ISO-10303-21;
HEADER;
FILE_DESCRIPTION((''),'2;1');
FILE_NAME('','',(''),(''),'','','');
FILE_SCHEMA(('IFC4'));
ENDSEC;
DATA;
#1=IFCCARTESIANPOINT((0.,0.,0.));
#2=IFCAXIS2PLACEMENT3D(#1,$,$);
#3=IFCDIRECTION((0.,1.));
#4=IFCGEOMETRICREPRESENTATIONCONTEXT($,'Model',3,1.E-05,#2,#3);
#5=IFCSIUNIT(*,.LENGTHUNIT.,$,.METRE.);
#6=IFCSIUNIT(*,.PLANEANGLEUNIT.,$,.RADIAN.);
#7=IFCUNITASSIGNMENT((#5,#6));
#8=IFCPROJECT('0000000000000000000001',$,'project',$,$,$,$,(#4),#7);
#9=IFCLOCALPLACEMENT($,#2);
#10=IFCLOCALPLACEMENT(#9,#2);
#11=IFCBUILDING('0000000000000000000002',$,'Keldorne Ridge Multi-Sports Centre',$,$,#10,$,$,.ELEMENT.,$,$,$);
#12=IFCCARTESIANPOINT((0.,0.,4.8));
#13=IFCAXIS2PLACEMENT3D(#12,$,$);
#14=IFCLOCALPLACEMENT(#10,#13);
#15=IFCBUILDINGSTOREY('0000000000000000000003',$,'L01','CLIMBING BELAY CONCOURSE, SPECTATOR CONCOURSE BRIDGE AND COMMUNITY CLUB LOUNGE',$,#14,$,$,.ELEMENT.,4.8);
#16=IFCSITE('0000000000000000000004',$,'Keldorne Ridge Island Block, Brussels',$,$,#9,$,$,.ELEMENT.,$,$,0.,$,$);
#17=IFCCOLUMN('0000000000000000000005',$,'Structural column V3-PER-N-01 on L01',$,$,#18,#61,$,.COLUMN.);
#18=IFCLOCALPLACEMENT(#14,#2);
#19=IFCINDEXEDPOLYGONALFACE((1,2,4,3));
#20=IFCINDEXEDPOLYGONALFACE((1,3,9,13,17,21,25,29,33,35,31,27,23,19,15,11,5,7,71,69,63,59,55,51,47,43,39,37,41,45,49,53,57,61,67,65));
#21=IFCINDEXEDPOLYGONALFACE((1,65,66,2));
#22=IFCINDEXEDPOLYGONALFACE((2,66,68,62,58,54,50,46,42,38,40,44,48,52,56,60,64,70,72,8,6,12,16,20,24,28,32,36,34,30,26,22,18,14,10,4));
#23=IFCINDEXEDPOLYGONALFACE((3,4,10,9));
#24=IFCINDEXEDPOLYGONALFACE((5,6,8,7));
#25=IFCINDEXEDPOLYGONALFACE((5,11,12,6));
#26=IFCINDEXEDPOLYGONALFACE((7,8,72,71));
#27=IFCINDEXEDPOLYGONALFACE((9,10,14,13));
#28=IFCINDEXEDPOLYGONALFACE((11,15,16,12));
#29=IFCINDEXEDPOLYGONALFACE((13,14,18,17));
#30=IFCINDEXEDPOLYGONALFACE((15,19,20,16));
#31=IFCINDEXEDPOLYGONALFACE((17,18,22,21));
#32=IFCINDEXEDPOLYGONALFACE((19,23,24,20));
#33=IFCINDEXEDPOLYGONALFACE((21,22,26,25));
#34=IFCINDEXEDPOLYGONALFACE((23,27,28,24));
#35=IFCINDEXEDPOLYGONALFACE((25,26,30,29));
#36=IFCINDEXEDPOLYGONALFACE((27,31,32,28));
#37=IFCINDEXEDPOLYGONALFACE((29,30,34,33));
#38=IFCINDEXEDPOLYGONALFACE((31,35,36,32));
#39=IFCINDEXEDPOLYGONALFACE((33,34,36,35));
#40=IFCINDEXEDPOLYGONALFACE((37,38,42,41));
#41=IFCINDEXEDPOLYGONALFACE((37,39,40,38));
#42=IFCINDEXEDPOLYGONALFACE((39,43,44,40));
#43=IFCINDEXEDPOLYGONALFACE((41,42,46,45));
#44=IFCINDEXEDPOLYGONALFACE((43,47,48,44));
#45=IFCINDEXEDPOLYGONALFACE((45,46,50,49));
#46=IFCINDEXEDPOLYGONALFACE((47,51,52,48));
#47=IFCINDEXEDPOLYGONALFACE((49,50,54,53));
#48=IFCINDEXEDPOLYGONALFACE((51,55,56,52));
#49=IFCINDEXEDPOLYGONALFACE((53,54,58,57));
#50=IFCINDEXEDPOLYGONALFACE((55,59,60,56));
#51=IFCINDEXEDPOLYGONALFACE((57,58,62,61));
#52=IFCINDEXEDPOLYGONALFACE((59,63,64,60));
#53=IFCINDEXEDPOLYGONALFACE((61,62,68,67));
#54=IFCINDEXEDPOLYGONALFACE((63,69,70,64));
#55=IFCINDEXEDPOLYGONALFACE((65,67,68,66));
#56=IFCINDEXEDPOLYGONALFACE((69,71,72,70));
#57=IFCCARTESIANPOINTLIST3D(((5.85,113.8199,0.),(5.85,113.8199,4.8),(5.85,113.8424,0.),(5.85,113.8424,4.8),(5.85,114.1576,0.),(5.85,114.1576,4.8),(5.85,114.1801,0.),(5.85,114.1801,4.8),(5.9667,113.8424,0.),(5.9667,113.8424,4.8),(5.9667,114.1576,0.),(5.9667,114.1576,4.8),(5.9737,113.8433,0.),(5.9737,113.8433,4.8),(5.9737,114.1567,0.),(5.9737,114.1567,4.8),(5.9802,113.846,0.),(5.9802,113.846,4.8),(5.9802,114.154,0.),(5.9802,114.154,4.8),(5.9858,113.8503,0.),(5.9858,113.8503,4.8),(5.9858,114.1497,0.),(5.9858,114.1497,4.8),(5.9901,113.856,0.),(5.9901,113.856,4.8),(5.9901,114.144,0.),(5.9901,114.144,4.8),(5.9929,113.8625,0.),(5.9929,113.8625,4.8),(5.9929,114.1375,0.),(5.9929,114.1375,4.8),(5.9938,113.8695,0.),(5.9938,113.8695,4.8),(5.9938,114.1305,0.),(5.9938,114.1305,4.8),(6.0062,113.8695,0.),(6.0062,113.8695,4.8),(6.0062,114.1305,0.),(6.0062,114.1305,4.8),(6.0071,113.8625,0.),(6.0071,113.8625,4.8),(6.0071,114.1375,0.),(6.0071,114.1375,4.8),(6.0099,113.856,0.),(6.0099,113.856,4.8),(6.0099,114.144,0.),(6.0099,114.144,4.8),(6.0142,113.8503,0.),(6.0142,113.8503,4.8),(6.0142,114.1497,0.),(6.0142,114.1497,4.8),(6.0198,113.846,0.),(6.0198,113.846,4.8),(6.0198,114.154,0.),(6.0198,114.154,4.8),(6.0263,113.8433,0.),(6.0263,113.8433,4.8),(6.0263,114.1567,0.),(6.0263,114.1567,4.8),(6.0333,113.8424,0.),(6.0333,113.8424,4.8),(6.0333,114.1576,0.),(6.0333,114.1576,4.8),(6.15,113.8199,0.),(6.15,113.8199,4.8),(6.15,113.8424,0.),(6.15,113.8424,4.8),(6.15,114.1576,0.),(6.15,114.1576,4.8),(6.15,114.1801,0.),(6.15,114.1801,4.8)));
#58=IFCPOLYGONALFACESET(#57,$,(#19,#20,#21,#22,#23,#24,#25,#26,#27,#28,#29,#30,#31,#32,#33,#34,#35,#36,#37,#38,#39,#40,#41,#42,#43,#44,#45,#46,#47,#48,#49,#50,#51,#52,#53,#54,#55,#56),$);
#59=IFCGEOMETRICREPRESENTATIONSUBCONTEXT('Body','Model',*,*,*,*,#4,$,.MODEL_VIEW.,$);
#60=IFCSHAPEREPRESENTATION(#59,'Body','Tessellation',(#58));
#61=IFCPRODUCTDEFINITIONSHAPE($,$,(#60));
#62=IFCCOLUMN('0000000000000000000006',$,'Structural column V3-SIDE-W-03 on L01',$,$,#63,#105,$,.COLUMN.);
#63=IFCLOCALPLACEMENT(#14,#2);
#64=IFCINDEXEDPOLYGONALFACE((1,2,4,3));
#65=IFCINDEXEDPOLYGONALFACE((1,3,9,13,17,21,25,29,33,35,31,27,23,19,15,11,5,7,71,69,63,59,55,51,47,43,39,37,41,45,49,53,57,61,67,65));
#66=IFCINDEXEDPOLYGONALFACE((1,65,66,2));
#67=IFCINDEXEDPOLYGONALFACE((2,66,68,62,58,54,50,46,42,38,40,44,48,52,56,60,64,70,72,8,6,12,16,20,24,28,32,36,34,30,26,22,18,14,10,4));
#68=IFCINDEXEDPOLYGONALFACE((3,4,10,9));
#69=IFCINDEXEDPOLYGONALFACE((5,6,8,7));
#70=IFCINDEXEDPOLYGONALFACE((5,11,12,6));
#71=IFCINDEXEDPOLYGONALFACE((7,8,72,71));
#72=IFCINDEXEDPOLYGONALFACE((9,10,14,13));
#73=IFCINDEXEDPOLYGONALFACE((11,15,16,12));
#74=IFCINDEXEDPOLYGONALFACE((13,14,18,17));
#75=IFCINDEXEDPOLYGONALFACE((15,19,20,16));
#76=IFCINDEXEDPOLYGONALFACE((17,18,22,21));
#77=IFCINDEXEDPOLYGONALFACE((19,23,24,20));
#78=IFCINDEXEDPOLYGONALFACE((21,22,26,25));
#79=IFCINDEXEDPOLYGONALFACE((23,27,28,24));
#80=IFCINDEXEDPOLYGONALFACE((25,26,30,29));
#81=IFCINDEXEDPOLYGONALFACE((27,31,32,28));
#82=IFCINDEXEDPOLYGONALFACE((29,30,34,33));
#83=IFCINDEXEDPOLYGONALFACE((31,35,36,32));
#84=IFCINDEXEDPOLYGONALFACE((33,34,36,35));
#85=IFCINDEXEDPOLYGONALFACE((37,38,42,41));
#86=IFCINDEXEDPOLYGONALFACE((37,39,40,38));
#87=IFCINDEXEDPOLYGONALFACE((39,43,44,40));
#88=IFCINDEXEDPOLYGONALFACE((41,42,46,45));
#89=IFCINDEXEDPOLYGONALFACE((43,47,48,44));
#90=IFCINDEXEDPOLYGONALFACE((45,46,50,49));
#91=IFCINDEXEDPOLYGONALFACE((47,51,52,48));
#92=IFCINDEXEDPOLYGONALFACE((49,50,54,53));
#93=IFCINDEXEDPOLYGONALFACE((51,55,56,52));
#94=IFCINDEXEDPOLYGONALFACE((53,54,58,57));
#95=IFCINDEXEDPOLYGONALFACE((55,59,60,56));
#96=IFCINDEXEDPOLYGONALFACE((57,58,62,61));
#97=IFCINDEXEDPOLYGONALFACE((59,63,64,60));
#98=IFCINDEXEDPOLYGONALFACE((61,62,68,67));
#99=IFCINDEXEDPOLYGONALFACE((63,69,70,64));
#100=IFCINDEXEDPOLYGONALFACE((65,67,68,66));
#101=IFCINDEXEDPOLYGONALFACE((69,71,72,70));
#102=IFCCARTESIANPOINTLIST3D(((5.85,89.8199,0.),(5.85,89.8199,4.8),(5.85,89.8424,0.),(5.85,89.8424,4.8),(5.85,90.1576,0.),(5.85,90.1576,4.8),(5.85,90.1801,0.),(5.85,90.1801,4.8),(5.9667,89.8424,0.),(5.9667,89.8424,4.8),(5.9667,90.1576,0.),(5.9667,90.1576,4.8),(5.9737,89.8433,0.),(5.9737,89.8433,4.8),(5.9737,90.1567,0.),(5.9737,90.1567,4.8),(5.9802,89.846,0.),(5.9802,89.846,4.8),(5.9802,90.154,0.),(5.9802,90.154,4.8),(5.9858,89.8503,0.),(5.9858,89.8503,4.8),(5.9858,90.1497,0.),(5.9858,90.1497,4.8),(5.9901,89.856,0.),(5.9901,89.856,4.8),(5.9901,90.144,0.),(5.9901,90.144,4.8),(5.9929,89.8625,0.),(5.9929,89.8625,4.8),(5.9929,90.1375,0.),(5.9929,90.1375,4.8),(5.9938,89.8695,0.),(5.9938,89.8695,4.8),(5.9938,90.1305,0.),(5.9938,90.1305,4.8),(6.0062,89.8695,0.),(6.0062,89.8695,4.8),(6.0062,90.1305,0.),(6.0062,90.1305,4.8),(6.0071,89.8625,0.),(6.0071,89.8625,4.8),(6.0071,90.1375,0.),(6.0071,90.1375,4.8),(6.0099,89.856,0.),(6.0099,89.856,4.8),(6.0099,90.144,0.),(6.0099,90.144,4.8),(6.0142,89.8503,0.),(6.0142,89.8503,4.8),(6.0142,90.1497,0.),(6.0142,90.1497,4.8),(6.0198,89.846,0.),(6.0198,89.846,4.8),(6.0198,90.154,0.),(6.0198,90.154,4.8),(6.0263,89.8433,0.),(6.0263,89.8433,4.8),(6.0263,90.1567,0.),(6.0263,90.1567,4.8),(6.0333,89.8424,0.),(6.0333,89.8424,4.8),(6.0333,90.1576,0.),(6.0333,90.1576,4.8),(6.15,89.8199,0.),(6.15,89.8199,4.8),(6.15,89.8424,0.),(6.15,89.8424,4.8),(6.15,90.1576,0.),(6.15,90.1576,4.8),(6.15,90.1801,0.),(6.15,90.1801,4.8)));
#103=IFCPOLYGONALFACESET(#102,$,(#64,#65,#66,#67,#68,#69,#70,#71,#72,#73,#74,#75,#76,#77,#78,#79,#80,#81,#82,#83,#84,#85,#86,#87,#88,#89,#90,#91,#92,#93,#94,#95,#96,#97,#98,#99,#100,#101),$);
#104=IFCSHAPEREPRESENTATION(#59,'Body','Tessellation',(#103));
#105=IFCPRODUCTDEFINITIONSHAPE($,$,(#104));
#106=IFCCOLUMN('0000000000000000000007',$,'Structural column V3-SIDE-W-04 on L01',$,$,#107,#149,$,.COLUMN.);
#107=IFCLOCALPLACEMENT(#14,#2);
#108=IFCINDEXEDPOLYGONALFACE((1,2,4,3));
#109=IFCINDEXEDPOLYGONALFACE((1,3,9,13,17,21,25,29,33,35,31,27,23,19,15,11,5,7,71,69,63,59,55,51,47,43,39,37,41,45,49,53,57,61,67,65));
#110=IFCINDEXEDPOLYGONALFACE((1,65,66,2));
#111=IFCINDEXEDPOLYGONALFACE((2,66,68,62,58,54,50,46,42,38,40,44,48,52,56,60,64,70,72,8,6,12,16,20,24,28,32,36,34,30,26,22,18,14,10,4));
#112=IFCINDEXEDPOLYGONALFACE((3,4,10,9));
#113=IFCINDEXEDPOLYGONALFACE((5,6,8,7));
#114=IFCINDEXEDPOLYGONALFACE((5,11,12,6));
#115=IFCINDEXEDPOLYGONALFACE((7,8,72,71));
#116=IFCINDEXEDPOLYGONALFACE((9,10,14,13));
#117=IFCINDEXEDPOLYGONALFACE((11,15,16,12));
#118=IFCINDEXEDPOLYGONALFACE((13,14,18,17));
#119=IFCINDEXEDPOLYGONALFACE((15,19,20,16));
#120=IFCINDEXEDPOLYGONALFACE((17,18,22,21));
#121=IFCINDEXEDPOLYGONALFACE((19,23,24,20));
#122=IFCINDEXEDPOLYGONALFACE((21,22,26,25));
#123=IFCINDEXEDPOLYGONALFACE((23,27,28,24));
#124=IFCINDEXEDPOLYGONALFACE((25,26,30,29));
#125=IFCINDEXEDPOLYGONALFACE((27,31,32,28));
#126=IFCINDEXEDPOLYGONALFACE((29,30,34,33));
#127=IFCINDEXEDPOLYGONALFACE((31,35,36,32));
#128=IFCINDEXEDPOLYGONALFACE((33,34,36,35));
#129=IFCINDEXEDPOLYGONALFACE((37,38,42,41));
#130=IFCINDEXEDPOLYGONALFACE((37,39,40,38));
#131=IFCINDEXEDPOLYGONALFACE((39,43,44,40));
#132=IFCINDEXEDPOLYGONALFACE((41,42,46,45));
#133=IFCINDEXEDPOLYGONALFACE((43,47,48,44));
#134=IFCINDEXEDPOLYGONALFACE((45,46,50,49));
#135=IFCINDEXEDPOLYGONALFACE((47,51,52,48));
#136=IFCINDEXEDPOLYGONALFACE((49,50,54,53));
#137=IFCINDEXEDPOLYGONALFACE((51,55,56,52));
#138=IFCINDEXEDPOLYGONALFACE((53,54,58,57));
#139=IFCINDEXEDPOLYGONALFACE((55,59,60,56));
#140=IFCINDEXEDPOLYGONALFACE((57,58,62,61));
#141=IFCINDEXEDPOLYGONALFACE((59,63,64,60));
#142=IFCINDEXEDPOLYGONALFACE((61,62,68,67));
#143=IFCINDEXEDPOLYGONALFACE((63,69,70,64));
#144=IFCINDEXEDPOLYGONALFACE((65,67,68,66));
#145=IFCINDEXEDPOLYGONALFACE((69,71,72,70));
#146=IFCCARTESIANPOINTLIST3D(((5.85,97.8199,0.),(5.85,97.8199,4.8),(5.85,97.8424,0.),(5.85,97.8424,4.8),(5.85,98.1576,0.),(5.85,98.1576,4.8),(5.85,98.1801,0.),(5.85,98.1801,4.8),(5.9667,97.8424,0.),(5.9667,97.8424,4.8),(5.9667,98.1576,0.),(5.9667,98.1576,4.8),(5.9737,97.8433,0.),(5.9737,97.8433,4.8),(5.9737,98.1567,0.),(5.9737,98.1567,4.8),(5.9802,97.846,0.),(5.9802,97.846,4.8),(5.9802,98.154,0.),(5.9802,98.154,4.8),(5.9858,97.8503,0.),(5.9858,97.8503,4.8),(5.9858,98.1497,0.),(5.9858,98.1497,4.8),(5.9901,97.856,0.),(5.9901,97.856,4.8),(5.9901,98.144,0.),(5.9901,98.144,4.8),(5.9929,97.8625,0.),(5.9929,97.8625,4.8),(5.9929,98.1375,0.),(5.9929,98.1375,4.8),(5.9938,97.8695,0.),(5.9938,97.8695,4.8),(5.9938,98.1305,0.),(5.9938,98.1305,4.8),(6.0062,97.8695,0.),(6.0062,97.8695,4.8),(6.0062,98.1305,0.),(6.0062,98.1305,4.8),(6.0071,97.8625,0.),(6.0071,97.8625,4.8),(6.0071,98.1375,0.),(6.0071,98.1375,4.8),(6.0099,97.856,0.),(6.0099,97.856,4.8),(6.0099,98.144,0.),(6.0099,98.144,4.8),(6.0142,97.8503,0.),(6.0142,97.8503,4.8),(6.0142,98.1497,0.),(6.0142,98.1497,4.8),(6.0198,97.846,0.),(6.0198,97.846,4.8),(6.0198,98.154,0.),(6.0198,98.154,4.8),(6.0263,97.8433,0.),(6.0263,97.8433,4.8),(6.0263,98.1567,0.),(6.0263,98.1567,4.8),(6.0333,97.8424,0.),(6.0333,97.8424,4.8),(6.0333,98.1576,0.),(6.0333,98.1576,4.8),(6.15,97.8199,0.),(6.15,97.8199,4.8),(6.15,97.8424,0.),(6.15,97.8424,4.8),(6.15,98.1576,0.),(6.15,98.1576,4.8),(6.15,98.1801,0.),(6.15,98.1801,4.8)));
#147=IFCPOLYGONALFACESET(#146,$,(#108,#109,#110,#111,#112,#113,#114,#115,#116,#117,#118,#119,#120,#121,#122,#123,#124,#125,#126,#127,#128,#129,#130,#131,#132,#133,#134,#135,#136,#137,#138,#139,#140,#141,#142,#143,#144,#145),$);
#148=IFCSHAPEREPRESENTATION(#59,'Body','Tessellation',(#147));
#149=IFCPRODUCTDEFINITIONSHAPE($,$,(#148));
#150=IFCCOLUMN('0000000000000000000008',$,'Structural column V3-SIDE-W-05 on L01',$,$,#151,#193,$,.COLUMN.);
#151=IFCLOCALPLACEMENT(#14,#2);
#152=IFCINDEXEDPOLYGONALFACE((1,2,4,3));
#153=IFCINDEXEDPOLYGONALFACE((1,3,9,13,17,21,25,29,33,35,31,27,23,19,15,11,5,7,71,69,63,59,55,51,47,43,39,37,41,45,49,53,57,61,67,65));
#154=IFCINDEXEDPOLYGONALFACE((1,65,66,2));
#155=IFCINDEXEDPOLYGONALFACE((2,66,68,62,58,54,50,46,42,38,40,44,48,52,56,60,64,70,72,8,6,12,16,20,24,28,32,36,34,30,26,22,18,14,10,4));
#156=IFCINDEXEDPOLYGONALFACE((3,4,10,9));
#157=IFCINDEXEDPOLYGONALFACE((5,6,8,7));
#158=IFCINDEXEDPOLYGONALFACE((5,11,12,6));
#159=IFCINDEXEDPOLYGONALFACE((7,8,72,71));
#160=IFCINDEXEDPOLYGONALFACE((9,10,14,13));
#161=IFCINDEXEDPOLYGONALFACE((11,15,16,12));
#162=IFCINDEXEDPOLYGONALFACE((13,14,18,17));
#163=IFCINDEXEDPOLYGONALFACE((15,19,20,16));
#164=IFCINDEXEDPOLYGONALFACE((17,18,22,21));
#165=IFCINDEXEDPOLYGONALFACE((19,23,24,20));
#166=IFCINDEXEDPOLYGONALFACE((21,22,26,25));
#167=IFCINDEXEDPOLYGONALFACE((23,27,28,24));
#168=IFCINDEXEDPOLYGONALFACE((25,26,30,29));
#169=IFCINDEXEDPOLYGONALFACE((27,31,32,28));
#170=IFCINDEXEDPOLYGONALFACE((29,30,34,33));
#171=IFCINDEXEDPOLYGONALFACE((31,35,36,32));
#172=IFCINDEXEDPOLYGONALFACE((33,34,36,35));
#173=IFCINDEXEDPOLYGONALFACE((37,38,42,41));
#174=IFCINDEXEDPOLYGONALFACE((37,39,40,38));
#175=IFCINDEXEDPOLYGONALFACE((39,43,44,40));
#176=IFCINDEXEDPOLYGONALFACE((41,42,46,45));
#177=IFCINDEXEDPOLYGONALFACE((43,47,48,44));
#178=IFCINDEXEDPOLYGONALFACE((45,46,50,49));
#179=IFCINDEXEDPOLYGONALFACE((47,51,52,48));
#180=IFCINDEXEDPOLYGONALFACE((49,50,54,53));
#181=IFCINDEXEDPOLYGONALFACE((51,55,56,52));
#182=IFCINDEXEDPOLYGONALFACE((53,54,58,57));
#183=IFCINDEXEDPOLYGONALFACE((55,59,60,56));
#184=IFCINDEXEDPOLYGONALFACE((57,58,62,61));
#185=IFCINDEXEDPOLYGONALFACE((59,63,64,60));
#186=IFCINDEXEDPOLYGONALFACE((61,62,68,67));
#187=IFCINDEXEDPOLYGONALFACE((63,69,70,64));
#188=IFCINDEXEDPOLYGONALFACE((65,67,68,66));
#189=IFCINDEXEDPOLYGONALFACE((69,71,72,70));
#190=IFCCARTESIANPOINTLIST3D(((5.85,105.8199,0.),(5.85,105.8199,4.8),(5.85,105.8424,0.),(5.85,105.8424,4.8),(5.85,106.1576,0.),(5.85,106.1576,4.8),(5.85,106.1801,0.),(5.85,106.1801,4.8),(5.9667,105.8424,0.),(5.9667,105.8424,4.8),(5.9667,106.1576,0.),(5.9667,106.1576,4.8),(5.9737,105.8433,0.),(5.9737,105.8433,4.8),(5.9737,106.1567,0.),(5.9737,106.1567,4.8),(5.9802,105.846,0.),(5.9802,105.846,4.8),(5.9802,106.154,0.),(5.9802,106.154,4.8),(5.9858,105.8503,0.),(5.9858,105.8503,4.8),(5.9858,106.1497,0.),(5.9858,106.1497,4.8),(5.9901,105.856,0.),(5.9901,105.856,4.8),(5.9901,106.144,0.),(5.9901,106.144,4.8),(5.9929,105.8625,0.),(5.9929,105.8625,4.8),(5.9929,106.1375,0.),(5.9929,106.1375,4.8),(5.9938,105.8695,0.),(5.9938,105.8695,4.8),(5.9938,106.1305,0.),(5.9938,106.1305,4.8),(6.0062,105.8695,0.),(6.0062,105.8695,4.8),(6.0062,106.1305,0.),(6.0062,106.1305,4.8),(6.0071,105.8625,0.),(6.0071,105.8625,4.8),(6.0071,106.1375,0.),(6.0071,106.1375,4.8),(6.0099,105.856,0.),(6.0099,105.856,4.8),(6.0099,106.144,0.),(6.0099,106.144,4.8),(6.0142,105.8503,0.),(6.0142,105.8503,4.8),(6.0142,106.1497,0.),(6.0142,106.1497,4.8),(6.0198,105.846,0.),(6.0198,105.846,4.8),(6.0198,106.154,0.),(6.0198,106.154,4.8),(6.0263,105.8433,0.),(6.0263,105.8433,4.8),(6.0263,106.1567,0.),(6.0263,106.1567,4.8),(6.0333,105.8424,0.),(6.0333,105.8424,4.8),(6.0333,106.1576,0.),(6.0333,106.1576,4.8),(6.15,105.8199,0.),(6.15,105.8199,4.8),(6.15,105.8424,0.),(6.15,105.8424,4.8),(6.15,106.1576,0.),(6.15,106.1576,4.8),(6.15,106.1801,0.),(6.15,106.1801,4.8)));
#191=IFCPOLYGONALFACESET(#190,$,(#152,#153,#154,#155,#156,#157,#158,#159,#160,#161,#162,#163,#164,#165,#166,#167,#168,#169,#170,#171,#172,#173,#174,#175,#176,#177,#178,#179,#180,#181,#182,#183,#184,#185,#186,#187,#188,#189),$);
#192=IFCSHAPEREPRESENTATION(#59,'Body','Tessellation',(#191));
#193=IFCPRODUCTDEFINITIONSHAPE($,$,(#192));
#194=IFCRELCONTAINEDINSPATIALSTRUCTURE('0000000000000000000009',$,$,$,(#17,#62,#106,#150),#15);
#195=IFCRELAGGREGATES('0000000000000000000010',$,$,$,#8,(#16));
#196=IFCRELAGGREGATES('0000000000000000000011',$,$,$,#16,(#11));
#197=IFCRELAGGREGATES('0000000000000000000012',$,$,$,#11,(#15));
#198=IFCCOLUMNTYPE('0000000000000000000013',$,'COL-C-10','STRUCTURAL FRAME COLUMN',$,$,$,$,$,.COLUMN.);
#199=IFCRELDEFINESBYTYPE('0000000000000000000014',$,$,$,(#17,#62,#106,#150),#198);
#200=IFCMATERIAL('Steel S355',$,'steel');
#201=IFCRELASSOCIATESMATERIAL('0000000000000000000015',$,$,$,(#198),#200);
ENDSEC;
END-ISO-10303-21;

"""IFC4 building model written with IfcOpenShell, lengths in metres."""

from ifc_helpers import new_model, si_unit, direction, frame, origin, origin_2d, place, context, subcontext, project, spatial, i_section, extrude, material, material_profile, profile_set, type_object, element, save


model = new_model("IFC4")

# Units and contexts
model_context = context("Model", 3, precision=1e-05, world=origin(), true_north=direction((0.0, 1.0)))
body_context = subcontext(model_context, "Body", "Model", "MODEL_VIEW")
ifc_project = project(units=[si_unit("LENGTHUNIT", "METRE"), si_unit("PLANEANGLEUNIT", "RADIAN")], contexts=[model_context])

# Site, building, storey
site_placement = place(None, origin())
site = spatial("IfcSite", under=ifc_project, at=site_placement, Name="Keldorne Ridge Island Block, Brussels", CompositionType="ELEMENT", RefElevation=0.0)
building_placement = place(site_placement, origin())
building = spatial("IfcBuilding", under=site, at=building_placement, Name="Keldorne Ridge Multi-Sports Centre", CompositionType="ELEMENT")
storey_placement = place(building_placement, frame((0.0, 0.0, 4.8)))
storey = spatial("IfcBuildingStorey", under=building, at=storey_placement, Name="L01", Description="CLIMBING BELAY CONCOURSE, SPECTATOR CONCOURSE BRIDGE AND COMMUNITY CLUB LOUNGE", CompositionType="ELEMENT", Elevation=4.8)

# Columns
ifc_material_1 = material(Name="Steel S355", Category="steel")
ifc_material_profile_1 = material_profile(ifc_material_1, i_section(OverallWidth=0.3, OverallDepth=0.3601, WebThickness=0.0125, FlangeThickness=0.0225, FilletRadius=0.0271, at=origin_2d()), Name="HEB 360")
ifc_profile_set_1 = profile_set([ifc_material_profile_1], Name="Steel S355")
column_type_1 = type_object("IfcColumnType", Name="COL-C-10", Description="STRUCTURAL FRAME COLUMN", PredefinedType="COLUMN", material=ifc_profile_set_1)
for number, where, z_axis, x_axis, name in (
    (1, (6.0, 114.0, 0.0), (0.0, 0.0, 1.0), (1.0, 0.0, 0.0), "Structural column V3-PER-N-01 on L01"),
    (2, (6.0, 90.0, 0.0), (0.0, 0.0, 1.0), (1.0, 0.0, 0.0), "Structural column V3-SIDE-W-03 on L01"),
    (3, (6.0, 98.0, 0.0), (0.0, 0.0, 1.0), (1.0, 0.0, 0.0), "Structural column V3-SIDE-W-04 on L01"),
    (4, (6.0, 106.0, 0.0), (0.0, 0.0, 1.0), (1.0, 0.0, 0.0), "Structural column V3-SIDE-W-05 on L01"),
):
    element("IfcColumn", number, at=place(storey_placement, frame(where, z_axis=z_axis, x_axis=x_axis)), inside=storey, type_object=column_type_1, Name=name, PredefinedType="COLUMN", context=body_context, shape_type="SweptSolid", body=[
        extrude(i_section(OverallWidth=0.3, OverallDepth=0.3601, WebThickness=0.0125, FlangeThickness=0.0225, FilletRadius=0.0271, at=origin_2d()), origin(), (0.0, 0.0, 1.0), 4.8),
    ])

save(model, "model.ifc")
